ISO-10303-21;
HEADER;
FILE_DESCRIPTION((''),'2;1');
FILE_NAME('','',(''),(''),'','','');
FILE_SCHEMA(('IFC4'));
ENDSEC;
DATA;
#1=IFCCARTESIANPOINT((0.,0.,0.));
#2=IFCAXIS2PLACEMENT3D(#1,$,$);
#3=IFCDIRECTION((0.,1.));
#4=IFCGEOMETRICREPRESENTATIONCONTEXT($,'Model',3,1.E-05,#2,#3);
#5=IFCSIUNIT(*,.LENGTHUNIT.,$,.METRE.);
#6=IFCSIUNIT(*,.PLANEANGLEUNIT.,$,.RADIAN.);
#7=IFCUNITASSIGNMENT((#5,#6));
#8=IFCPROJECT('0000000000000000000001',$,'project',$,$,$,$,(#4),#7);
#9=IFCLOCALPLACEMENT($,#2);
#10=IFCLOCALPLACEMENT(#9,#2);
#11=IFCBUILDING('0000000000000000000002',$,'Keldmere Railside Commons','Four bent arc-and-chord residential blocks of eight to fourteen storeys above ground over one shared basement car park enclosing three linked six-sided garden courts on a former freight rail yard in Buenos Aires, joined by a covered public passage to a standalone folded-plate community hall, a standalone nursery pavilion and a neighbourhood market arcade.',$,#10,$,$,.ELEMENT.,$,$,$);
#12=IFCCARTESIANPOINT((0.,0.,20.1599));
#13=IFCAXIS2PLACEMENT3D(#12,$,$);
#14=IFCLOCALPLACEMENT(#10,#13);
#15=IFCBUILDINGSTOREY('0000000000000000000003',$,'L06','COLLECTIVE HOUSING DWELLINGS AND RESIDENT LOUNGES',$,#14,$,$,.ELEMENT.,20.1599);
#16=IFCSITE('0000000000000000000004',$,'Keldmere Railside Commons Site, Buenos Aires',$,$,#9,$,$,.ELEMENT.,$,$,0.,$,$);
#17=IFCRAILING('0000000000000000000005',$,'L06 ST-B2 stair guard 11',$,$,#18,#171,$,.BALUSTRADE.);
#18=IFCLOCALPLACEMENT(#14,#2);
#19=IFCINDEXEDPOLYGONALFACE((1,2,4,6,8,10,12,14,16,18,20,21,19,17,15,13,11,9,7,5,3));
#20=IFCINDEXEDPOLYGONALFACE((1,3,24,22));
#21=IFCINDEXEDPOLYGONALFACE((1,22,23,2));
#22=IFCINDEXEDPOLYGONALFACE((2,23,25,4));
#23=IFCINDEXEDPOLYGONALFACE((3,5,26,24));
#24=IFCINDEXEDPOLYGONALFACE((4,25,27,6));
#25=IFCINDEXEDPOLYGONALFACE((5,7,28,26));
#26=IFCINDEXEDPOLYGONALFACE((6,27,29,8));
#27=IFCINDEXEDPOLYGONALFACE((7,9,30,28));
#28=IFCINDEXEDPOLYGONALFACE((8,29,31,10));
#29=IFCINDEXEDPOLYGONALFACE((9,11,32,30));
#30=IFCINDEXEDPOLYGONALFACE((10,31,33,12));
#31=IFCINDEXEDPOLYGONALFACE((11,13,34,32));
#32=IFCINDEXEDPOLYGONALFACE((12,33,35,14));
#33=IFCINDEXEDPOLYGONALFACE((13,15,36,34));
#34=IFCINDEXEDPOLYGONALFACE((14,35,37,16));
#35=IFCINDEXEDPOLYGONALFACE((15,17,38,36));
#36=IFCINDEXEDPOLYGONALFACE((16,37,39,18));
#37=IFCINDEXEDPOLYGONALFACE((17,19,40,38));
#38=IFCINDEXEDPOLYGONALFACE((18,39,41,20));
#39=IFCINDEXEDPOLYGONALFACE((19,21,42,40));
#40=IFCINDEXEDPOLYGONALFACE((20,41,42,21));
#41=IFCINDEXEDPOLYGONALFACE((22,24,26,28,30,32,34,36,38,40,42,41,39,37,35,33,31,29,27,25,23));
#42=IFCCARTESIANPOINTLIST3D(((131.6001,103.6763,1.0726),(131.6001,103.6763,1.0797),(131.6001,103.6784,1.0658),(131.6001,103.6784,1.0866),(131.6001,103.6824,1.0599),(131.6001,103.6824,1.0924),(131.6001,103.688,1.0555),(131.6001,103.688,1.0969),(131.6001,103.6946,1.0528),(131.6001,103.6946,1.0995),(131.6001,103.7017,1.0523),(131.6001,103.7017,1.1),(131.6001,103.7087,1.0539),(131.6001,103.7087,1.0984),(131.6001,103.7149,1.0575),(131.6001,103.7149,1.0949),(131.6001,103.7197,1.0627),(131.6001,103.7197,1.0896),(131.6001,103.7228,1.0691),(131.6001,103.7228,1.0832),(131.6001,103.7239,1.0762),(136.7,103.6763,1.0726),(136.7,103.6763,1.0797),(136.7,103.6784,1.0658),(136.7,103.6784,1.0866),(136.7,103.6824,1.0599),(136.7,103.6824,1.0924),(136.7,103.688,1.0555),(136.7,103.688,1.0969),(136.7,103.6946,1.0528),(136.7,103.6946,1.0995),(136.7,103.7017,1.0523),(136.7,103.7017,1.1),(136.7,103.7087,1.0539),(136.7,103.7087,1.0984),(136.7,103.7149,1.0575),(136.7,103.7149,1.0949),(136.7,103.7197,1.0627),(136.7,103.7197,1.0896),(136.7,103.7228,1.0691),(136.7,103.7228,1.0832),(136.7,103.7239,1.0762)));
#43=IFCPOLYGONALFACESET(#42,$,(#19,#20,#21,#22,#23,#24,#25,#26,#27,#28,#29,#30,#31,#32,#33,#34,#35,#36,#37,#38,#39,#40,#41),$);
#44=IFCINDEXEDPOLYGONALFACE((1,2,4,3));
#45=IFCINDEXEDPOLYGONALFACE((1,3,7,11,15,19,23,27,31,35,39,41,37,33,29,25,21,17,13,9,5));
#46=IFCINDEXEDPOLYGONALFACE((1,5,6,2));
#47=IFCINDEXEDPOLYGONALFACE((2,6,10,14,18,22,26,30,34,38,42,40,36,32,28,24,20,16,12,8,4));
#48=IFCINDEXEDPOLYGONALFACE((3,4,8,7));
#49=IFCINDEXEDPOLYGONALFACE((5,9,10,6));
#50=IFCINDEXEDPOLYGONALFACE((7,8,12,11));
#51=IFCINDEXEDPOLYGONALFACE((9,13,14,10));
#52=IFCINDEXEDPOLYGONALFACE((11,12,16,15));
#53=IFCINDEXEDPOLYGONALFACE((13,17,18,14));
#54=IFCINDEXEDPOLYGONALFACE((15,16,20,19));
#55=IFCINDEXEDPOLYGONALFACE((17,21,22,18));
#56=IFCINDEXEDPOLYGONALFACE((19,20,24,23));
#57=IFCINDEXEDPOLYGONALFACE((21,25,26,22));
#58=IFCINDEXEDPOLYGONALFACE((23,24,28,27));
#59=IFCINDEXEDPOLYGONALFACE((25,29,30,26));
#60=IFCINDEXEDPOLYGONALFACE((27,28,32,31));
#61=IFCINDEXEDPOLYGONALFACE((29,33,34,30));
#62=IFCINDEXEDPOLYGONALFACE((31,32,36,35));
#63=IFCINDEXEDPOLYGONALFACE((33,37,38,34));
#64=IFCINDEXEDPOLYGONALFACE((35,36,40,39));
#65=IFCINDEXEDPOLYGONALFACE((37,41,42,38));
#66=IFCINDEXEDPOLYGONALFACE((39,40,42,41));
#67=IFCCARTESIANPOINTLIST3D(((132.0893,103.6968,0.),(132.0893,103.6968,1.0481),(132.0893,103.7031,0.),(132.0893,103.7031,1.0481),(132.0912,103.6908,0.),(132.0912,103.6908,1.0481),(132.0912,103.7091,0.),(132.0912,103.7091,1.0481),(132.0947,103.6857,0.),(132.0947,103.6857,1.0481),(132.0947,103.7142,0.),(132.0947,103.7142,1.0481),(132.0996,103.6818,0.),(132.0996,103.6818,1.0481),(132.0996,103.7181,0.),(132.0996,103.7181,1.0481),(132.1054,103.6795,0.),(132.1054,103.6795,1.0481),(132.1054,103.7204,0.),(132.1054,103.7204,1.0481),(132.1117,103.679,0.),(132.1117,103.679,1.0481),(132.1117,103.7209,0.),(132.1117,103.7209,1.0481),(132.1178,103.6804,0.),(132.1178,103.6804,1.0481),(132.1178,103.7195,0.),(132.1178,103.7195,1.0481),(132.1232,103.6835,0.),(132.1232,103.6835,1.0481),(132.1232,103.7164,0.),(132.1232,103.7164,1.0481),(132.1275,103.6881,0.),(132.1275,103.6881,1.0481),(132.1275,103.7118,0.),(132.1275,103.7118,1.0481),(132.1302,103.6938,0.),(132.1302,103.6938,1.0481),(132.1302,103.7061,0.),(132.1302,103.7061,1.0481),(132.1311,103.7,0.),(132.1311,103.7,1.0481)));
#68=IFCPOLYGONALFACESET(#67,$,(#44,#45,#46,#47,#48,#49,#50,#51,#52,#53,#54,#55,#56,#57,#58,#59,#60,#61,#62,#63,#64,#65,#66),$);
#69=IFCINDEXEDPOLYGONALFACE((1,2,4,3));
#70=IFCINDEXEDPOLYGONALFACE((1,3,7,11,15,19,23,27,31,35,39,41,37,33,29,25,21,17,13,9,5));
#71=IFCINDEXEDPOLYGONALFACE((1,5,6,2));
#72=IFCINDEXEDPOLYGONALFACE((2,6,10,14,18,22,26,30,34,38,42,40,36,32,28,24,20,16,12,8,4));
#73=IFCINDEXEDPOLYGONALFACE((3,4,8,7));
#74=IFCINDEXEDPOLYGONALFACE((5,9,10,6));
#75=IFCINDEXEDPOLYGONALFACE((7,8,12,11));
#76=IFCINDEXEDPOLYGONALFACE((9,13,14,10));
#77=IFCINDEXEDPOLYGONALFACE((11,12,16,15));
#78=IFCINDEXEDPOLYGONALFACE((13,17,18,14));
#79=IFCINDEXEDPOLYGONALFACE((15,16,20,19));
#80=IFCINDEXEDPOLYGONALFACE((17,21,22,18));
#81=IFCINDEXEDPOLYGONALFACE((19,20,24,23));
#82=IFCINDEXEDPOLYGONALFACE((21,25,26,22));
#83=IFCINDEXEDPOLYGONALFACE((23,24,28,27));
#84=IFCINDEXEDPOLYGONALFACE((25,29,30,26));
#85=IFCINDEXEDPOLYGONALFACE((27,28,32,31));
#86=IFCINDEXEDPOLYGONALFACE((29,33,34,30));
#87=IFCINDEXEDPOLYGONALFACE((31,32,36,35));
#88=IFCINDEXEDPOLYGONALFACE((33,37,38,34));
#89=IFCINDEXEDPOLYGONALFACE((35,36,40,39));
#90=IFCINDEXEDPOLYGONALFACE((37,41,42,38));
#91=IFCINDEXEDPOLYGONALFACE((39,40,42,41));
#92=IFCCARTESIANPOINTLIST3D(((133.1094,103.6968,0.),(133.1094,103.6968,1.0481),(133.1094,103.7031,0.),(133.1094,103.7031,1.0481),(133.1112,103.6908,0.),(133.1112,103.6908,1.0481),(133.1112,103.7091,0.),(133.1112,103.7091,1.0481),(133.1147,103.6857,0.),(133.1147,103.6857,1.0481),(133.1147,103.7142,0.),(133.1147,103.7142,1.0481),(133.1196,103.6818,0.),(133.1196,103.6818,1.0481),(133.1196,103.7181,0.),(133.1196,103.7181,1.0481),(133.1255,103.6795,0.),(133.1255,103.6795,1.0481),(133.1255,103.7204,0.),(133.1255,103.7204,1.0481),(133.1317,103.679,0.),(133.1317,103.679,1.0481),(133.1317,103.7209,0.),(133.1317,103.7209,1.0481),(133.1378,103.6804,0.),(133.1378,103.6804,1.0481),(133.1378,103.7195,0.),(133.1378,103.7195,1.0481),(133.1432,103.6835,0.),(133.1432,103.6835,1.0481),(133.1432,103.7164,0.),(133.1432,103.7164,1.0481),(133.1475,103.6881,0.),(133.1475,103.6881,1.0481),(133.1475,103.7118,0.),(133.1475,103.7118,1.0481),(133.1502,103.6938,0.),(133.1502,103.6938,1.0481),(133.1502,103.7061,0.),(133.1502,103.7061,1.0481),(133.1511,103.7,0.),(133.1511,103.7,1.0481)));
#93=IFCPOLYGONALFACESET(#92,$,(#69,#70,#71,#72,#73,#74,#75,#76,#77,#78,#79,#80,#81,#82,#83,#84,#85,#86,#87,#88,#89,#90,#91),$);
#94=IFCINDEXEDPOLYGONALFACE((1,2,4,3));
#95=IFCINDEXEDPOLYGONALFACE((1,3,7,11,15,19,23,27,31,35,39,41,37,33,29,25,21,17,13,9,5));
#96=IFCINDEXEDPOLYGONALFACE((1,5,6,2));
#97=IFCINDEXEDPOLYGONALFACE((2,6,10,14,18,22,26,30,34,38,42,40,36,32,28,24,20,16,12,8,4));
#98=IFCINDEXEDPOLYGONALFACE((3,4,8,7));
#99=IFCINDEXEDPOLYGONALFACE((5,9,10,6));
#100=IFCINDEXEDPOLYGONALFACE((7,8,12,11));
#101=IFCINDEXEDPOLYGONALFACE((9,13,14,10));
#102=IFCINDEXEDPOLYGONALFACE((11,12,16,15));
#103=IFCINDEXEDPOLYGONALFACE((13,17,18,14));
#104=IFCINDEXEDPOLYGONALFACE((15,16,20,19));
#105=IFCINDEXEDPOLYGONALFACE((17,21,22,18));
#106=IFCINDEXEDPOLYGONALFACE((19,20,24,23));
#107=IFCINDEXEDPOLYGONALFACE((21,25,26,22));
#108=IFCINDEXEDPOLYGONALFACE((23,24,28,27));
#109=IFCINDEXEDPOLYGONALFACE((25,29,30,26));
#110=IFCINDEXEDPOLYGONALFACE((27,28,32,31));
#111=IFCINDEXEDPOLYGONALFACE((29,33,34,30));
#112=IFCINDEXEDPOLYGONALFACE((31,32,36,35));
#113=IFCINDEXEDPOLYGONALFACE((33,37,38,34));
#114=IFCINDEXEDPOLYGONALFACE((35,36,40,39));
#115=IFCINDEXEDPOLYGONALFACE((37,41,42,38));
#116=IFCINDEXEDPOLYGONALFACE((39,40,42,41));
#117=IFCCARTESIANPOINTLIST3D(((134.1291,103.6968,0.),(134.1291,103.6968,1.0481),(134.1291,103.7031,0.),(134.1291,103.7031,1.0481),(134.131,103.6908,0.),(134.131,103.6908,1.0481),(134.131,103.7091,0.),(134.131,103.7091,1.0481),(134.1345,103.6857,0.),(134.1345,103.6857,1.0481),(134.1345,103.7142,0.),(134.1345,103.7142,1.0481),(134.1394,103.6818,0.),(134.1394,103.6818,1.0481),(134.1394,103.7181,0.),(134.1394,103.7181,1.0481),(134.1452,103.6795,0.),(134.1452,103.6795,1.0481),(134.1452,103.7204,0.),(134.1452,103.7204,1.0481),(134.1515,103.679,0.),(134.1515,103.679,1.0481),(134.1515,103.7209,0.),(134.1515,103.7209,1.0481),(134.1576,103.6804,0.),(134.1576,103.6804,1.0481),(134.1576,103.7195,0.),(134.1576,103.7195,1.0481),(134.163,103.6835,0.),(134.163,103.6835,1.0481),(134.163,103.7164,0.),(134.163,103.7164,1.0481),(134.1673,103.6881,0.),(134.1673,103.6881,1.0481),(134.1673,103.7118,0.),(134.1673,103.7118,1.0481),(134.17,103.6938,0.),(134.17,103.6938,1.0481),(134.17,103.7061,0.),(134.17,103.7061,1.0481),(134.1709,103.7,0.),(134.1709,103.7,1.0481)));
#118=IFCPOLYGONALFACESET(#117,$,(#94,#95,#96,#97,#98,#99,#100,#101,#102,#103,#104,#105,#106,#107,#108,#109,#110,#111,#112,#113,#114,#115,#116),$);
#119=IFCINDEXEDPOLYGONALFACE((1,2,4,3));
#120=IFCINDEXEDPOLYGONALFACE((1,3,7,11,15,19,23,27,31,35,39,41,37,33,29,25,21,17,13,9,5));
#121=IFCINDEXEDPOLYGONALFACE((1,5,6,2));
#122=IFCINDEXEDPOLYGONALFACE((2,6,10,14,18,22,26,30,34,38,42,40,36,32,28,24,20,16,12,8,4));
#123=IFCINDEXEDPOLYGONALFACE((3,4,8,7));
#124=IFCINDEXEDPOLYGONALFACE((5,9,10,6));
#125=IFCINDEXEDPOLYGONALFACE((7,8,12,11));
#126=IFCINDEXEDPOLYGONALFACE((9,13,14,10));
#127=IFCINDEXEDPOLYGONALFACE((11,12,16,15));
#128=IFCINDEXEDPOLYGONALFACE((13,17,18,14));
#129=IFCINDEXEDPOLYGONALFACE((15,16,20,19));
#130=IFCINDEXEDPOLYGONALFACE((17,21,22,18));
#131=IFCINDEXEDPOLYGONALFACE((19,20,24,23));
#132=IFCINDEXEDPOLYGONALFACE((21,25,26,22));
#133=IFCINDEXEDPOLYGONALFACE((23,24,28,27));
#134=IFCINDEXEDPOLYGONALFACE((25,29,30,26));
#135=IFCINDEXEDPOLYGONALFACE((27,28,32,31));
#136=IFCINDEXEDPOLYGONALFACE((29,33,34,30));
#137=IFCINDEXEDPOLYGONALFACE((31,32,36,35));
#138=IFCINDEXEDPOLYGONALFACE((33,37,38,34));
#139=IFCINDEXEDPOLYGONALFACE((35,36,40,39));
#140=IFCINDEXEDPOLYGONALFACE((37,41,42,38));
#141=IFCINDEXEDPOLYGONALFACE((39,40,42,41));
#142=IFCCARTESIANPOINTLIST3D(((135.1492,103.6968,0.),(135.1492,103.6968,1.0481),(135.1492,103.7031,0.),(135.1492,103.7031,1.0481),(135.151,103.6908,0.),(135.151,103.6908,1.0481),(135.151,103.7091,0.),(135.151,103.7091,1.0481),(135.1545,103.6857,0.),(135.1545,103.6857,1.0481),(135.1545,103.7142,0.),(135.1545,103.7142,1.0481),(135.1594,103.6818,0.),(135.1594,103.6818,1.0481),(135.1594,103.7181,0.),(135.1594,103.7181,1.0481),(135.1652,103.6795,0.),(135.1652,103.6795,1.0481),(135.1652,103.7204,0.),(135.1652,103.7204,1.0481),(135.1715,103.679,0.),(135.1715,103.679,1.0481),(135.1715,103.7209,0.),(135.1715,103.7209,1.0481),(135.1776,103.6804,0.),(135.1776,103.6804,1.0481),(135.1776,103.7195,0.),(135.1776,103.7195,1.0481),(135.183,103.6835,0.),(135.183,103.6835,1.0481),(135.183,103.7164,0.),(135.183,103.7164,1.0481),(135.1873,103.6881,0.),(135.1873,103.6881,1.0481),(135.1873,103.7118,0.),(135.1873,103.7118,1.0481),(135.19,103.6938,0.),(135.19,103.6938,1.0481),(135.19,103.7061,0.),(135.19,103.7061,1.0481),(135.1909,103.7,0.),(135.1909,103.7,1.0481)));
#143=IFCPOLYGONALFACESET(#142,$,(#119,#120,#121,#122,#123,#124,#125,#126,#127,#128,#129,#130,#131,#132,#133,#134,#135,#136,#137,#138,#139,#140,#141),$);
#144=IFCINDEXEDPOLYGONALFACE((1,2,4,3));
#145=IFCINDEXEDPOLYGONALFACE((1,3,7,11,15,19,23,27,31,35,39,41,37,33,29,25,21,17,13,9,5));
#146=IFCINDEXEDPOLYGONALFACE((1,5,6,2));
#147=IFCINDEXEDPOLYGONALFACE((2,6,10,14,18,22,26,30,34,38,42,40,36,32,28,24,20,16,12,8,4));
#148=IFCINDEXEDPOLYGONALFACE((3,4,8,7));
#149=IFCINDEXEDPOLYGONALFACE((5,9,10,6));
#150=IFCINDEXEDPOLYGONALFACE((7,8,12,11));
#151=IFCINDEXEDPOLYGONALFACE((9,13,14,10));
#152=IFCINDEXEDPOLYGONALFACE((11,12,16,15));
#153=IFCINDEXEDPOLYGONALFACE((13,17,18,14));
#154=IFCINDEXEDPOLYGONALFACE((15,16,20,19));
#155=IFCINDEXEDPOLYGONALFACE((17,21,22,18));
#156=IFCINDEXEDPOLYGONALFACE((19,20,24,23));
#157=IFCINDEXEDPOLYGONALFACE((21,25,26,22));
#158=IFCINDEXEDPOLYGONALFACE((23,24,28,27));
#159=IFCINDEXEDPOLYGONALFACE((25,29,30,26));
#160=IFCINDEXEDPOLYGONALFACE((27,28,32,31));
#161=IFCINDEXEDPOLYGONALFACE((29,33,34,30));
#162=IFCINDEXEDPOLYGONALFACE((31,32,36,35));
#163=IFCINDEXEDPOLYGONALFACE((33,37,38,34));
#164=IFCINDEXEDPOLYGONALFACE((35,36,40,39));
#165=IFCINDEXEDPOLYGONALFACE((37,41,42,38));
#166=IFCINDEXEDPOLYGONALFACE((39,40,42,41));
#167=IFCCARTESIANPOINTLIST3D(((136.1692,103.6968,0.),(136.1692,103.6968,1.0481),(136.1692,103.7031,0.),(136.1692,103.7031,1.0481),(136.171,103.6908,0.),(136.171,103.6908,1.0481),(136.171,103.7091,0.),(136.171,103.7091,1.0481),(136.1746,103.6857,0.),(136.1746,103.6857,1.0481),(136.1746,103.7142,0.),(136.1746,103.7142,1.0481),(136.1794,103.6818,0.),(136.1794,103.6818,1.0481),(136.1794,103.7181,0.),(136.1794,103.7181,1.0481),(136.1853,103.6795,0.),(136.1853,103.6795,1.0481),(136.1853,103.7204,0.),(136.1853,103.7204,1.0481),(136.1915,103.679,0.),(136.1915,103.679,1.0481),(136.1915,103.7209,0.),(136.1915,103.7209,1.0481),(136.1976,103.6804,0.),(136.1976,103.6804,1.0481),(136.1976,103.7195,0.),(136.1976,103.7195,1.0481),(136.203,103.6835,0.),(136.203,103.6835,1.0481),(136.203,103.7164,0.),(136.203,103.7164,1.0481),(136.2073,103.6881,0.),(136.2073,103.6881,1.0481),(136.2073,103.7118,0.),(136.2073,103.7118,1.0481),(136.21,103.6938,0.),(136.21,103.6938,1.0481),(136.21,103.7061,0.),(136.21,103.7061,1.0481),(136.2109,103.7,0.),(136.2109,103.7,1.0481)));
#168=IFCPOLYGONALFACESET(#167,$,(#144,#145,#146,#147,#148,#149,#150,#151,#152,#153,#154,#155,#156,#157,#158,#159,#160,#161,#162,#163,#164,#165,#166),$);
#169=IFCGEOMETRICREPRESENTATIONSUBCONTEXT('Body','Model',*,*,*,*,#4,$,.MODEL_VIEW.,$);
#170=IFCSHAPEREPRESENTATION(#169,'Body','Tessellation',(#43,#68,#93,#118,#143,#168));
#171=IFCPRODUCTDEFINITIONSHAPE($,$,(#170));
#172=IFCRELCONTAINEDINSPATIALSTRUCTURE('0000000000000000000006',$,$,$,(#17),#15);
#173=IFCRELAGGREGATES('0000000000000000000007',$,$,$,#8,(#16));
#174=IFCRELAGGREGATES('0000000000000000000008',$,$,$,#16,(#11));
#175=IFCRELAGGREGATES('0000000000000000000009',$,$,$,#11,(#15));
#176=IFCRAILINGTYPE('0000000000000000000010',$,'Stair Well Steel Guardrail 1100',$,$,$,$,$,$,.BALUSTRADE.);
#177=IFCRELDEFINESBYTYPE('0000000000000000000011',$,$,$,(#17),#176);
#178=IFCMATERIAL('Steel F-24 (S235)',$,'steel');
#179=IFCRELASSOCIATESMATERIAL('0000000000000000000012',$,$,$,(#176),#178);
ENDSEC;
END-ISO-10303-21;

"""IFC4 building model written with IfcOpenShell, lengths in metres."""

from ifc_helpers import new_model, si_unit, direction, frame, origin, origin_2d, place, context, subcontext, project, spatial, circle, extrude, material, type_object, element, save


model = new_model("IFC4")

# Units and contexts
model_context = context("Model", 3, precision=1e-05, world=origin(), true_north=direction((0.0, 1.0)))
body_context = subcontext(model_context, "Body", "Model", "MODEL_VIEW")
ifc_project = project(units=[si_unit("LENGTHUNIT", "METRE"), si_unit("PLANEANGLEUNIT", "RADIAN")], contexts=[model_context])

# Site, building, storey
site_placement = place(None, origin())
site = spatial("IfcSite", under=ifc_project, at=site_placement, Name="Keldmere Railside Commons Site, Buenos Aires", CompositionType="ELEMENT", RefElevation=0.0)
building_placement = place(site_placement, origin())
building = spatial("IfcBuilding", under=site, at=building_placement, Name="Keldmere Railside Commons", Description="Four bent arc-and-chord residential blocks of eight to fourteen storeys above ground over one shared basement car park enclosing three linked six-sided garden courts on a former freight rail yard in Buenos Aires, joined by a covered public passage to a standalone folded-plate community hall, a standalone nursery pavilion and a neighbourhood market arcade.", CompositionType="ELEMENT")
storey_placement = place(building_placement, frame((0.0, 0.0, 20.1599)))
storey = spatial("IfcBuildingStorey", under=building, at=storey_placement, Name="L06", Description="COLLECTIVE HOUSING DWELLINGS AND RESIDENT LOUNGES", CompositionType="ELEMENT", Elevation=20.1599)

# Railing
ifc_material_1 = material(Name="Steel F-24 (S235)", Category="steel")
railing_type_1 = type_object("IfcRailingType", Name="Stair Well Steel Guardrail 1100", PredefinedType="BALUSTRADE", material=ifc_material_1)
railing_1_placement = place(storey_placement, frame((131.6001, 103.7, 0.0)))
element("IfcRailing", 1, at=railing_1_placement, inside=storey, type_object=railing_type_1, Name="L06 ST-B2 stair guard 11", PredefinedType="BALUSTRADE", context=body_context, shape_type="SweptSolid", body=[
    extrude(circle(Radius=0.0239, at=origin_2d()), frame((0.0, 0.0, 1.0762), z_axis=(1.0, 0.0, 0.0), x_axis=(0.0, 1.0, 0.0)), (0.0, 0.0, 1.0), 5.0999),
    extrude(circle(Radius=0.021, at=origin_2d()), frame((0.51, 0.0, 0.0)), (0.0, 0.0, 1.0), 1.0481),
    extrude(circle(Radius=0.021, at=origin_2d()), frame((1.53, 0.0, 0.0)), (0.0, 0.0, 1.0), 1.0481),
    extrude(circle(Radius=0.021, at=origin_2d()), frame((2.5498, 0.0, 0.0)), (0.0, 0.0, 1.0), 1.0481),
    extrude(circle(Radius=0.021, at=origin_2d()), frame((3.5698, 0.0, 0.0)), (0.0, 0.0, 1.0), 1.0481),
    extrude(circle(Radius=0.021, at=origin_2d()), frame((4.5898, 0.0, 0.0)), (0.0, 0.0, 1.0), 1.0481),
])

save(model, "model.ifc")
